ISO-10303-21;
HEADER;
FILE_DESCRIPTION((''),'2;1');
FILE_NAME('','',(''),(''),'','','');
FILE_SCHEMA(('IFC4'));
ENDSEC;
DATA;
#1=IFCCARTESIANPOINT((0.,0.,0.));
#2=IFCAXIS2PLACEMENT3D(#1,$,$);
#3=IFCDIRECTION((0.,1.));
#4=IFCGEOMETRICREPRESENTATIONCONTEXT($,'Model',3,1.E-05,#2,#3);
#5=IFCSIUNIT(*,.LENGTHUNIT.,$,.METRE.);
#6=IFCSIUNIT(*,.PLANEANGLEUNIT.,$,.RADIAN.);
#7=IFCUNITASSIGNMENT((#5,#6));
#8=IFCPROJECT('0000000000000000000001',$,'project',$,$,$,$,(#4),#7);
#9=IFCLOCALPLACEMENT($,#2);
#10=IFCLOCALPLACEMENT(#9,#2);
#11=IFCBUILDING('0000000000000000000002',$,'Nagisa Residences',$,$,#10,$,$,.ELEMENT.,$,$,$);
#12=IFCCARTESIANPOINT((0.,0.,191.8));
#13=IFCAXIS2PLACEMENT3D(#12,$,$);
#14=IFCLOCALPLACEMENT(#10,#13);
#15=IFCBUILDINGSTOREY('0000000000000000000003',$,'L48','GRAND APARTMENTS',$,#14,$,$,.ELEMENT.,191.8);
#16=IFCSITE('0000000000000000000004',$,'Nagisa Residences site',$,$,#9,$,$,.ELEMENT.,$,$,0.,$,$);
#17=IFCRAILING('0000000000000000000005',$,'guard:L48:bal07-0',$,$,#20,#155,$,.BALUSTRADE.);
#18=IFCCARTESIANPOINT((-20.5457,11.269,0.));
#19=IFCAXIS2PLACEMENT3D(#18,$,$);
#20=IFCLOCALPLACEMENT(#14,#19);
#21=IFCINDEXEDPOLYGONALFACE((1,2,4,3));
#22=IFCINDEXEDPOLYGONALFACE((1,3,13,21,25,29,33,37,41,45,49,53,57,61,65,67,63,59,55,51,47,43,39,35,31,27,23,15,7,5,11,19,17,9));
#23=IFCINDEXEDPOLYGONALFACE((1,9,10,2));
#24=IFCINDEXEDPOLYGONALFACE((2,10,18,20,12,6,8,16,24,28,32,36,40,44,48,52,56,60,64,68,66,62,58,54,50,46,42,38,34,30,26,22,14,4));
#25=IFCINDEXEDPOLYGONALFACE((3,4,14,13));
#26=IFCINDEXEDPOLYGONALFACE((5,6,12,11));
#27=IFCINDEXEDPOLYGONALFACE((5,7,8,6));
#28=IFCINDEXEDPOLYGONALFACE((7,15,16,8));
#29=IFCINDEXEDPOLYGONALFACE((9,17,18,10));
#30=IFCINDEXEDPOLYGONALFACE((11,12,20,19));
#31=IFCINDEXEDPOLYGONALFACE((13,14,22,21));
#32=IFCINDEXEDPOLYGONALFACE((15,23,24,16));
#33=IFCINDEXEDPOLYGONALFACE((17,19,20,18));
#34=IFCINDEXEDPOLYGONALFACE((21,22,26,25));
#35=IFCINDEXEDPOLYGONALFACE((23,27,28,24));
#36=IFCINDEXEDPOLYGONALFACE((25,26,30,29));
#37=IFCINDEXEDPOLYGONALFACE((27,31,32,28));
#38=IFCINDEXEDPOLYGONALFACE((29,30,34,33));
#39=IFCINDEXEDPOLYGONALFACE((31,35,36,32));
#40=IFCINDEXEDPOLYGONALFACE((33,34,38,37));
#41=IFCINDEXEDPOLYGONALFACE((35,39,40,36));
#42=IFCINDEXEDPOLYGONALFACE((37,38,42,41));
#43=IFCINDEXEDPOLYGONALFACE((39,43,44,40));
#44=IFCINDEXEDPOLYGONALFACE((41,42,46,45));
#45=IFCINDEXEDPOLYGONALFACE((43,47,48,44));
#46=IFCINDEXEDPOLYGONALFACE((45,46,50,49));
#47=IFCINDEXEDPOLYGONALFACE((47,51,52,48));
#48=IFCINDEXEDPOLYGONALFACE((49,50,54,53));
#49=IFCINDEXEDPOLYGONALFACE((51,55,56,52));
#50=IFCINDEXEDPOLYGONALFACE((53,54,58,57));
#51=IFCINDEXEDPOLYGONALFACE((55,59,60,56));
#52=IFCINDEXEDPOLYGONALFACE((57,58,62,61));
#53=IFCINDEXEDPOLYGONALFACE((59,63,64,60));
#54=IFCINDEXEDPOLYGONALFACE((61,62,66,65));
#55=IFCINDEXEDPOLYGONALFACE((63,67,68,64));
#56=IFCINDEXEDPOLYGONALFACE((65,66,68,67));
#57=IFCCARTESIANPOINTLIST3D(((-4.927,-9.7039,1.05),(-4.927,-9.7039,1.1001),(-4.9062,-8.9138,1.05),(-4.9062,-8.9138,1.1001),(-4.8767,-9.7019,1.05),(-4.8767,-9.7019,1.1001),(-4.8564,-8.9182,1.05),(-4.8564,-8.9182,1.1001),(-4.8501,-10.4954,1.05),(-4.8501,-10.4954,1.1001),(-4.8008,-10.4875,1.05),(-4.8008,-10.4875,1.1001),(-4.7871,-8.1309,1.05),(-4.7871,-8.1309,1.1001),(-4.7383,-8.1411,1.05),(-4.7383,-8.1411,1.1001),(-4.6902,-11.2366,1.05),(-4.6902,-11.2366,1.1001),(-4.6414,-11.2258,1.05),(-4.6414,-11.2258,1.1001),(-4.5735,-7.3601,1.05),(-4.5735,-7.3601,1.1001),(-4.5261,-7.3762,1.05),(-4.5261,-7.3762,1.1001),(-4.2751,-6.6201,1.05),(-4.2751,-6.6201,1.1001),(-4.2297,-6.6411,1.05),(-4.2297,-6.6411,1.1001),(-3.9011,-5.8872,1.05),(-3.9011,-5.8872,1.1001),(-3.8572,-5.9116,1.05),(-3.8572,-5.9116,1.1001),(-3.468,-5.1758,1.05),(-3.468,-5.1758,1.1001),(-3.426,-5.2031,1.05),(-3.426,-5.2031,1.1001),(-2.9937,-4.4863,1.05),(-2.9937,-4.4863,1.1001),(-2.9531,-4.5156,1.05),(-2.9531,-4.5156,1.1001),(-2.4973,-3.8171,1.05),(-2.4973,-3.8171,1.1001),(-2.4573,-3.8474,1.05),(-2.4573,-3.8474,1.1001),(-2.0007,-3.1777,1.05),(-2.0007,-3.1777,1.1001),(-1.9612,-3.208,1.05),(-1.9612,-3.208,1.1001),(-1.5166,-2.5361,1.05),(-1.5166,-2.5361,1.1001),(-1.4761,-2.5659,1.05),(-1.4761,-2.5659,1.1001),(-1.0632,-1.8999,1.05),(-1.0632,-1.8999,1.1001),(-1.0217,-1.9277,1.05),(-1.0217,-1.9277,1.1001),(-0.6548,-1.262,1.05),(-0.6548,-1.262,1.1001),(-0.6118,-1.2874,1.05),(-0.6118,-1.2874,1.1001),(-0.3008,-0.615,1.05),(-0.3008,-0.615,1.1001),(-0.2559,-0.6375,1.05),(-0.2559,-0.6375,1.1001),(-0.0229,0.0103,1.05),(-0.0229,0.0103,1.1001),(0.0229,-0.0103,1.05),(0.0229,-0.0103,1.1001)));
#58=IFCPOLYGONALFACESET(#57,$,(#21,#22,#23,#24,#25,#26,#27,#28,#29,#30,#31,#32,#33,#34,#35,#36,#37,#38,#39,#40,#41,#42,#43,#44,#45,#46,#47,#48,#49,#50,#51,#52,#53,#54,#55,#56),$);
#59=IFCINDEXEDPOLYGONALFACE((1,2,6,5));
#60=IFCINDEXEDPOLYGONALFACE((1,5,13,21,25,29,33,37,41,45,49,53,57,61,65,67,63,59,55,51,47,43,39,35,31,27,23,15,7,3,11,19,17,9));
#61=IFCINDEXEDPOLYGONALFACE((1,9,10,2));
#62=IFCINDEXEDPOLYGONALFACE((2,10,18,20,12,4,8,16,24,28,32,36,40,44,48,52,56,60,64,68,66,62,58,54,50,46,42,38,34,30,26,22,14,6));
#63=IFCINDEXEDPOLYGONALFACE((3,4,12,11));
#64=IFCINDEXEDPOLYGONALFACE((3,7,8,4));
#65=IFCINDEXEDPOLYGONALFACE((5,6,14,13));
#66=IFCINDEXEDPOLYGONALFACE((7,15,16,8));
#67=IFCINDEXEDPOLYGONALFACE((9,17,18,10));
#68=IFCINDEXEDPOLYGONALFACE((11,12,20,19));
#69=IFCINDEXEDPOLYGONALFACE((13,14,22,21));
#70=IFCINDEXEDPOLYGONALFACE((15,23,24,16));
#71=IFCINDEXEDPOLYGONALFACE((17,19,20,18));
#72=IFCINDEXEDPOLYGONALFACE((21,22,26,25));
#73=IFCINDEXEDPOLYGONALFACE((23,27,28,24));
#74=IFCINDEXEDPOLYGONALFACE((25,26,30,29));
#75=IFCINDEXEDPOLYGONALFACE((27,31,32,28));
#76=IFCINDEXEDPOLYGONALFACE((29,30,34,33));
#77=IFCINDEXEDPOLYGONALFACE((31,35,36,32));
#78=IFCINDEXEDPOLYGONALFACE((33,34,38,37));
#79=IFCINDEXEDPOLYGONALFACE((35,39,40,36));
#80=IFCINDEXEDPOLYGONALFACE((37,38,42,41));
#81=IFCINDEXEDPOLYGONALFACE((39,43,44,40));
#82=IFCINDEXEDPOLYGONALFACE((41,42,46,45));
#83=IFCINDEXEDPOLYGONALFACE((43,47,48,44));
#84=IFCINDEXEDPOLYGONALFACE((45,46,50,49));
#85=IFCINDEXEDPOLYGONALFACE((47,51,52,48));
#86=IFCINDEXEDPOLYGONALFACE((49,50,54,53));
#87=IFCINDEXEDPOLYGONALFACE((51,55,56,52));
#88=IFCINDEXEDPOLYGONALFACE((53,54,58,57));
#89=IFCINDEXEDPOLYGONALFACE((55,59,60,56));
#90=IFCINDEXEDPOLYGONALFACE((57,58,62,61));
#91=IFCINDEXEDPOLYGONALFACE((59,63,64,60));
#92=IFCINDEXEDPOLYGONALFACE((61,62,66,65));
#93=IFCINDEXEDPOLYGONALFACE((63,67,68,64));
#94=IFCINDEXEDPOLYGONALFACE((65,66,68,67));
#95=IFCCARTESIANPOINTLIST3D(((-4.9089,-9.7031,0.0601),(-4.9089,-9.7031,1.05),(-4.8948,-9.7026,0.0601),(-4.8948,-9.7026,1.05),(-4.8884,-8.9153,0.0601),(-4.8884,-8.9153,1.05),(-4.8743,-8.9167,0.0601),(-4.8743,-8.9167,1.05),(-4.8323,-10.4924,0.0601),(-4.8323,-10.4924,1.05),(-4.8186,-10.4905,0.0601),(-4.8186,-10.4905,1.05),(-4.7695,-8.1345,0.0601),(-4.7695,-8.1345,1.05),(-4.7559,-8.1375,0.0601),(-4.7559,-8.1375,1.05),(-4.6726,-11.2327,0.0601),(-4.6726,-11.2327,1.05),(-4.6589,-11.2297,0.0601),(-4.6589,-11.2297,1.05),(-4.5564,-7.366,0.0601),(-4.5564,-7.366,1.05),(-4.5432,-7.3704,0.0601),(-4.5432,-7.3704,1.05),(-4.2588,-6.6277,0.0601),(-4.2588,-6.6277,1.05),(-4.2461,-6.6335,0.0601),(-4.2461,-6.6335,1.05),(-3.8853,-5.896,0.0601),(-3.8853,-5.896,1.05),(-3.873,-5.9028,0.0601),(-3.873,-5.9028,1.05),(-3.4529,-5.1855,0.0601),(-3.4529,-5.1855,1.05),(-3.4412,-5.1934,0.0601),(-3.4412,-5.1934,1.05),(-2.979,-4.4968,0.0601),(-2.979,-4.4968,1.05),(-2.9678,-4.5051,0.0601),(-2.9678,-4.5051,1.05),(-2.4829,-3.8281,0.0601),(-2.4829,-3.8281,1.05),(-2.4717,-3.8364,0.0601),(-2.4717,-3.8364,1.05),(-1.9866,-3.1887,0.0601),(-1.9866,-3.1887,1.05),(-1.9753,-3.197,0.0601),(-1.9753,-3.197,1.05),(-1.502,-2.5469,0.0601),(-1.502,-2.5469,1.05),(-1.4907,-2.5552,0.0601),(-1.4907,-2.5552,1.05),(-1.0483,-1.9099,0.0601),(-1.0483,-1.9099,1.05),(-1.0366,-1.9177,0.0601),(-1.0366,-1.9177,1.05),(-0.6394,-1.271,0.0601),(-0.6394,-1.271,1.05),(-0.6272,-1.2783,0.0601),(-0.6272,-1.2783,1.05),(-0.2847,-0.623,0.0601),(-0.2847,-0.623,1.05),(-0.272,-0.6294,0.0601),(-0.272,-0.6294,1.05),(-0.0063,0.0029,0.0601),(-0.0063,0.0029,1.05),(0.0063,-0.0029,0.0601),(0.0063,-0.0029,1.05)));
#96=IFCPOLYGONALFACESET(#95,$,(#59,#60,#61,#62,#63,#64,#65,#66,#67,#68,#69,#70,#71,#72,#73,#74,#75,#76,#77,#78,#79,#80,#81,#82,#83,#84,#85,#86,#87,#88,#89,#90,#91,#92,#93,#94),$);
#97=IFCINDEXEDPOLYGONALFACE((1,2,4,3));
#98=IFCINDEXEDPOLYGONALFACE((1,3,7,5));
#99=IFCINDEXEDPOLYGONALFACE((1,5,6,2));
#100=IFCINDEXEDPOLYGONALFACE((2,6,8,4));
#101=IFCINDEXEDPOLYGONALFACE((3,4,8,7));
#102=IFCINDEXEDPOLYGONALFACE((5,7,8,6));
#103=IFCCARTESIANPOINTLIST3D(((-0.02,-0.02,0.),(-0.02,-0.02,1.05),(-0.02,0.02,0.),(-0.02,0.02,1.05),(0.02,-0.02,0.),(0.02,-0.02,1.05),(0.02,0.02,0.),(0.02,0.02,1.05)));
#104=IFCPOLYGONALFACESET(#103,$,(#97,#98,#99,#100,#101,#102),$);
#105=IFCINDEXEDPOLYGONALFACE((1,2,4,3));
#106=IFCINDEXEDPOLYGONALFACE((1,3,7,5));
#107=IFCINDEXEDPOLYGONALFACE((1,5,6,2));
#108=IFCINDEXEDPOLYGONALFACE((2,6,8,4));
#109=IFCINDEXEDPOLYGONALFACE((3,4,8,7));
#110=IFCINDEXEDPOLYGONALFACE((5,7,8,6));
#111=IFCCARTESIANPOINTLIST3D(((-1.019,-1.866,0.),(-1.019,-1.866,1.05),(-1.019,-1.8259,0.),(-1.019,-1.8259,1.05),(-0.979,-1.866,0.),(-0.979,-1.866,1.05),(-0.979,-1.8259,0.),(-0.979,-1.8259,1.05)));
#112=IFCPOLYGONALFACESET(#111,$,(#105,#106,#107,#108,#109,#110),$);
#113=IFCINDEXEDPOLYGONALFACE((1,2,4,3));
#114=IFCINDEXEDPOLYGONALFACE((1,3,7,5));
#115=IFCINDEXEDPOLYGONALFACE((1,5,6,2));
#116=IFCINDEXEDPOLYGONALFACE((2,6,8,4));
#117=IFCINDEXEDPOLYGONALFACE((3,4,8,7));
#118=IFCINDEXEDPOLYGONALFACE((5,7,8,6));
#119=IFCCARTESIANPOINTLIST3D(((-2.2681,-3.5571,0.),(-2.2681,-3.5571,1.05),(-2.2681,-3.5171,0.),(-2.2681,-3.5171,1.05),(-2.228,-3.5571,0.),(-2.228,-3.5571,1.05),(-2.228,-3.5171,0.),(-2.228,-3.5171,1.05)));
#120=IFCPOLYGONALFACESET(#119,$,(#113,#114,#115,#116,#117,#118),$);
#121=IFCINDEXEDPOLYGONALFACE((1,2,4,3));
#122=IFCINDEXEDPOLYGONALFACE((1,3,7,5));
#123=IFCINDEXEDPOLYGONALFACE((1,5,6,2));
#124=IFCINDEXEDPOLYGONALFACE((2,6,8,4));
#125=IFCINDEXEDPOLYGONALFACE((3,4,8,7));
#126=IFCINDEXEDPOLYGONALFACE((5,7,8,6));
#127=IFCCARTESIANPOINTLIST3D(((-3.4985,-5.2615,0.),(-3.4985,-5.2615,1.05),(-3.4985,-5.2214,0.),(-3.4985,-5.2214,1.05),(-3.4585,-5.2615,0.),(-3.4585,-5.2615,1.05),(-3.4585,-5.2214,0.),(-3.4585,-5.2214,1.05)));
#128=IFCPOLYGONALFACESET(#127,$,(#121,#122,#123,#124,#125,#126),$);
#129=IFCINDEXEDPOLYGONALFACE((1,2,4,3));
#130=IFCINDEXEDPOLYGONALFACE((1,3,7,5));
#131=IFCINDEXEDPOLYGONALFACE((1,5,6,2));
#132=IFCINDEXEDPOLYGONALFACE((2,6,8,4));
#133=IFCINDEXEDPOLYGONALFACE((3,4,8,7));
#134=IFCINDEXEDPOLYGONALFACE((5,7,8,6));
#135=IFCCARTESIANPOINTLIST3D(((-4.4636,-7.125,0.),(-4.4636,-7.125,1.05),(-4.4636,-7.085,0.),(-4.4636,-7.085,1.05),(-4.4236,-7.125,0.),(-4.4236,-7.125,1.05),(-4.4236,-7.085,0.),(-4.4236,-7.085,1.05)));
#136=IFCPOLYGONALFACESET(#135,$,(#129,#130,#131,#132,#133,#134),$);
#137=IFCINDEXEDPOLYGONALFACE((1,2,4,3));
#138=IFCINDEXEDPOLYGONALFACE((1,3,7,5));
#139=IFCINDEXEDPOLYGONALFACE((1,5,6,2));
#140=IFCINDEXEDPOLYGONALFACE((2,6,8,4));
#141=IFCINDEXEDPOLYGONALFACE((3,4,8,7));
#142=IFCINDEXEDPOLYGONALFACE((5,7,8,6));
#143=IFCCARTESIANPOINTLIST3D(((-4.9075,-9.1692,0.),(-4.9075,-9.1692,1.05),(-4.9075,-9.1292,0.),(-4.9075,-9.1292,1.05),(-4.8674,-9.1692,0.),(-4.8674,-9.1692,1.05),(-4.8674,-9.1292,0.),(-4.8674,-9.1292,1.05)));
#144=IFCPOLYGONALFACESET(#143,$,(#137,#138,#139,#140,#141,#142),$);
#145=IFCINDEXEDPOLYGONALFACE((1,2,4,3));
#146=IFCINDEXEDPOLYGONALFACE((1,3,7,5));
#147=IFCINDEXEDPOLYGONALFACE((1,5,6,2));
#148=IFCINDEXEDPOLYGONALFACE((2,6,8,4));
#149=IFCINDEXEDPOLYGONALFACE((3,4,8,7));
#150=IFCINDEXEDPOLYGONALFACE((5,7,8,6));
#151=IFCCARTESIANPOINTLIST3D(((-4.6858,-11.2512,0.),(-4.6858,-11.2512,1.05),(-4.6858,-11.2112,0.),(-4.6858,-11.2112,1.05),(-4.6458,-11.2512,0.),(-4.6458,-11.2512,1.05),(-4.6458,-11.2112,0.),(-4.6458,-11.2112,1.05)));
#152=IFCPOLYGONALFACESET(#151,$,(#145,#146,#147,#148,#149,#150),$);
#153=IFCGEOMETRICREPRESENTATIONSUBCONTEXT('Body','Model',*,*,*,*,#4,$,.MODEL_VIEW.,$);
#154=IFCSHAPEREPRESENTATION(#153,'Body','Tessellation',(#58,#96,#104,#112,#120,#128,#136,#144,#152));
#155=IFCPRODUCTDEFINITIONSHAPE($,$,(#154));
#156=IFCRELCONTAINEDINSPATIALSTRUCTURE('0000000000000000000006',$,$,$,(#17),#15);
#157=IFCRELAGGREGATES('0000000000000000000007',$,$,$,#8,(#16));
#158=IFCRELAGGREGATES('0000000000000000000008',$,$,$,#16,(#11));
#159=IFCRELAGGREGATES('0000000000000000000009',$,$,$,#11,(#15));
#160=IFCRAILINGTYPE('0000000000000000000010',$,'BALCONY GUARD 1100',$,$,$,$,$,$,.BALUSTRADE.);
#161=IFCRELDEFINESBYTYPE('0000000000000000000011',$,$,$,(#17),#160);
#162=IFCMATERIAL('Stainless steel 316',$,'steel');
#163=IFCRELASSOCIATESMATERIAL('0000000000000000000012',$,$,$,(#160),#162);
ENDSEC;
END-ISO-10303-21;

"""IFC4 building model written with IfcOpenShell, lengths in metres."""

from ifc_helpers import new_model, si_unit, direction, frame, origin, origin_2d, place, context, subcontext, project, spatial, polyline, rectangle, outline, extrude, material, type_object, element, save


model = new_model("IFC4")

# Units and contexts
model_context = context("Model", 3, precision=1e-05, world=origin(), true_north=direction((0.0, 1.0)))
body_context = subcontext(model_context, "Body", "Model", "MODEL_VIEW")
ifc_project = project(units=[si_unit("LENGTHUNIT", "METRE"), si_unit("PLANEANGLEUNIT", "RADIAN")], contexts=[model_context])

# Site, building, storey
site_placement = place(None, origin())
site = spatial("IfcSite", under=ifc_project, at=site_placement, Name="Nagisa Residences site", CompositionType="ELEMENT", RefElevation=0.0)
building_placement = place(site_placement, origin())
building = spatial("IfcBuilding", under=site, at=building_placement, Name="Nagisa Residences", CompositionType="ELEMENT")
storey_placement = place(building_placement, frame((0.0, 0.0, 191.8)))
storey = spatial("IfcBuildingStorey", under=building, at=storey_placement, Name="L48", Description="GRAND APARTMENTS", CompositionType="ELEMENT", Elevation=191.8)

# Railing
ifc_material_1 = material(Name="Stainless steel 316", Category="steel")
railing_type = type_object("IfcRailingType", Name="BALCONY GUARD 1100", PredefinedType="BALUSTRADE", material=ifc_material_1)
railing_placement = place(storey_placement, frame((-20.5457, 11.269, 0.0)))
element("IfcRailing", 1, at=railing_placement, inside=storey, type_object=railing_type, Name="guard:L48:bal07-0", PredefinedType="BALUSTRADE", context=body_context, shape_type="SweptSolid", body=[
    extrude(outline(polyline([(-0.2559, -0.6375), (0.0229, -0.0103), (-0.0229, 0.0103), (-0.3008, -0.615), (-0.6548, -1.262), (-1.0632, -1.8999), (-1.5166, -2.5361), (-2.0007, -3.1777), (-2.4973, -3.8171), (-2.9937, -4.4863), (-3.468, -5.1758), (-3.9011, -5.8872), (-4.2751, -6.6201), (-4.5735, -7.3601), (-4.7871, -8.1309), (-4.9062, -8.9138), (-4.927, -9.7039), (-4.8501, -10.4954), (-4.6902, -11.2366), (-4.6414, -11.2258), (-4.8008, -10.4875), (-4.8767, -9.7019), (-4.8564, -8.9182), (-4.7383, -8.1411), (-4.5261, -7.3762), (-4.2297, -6.6411), (-3.8572, -5.9116), (-3.426, -5.2031), (-2.9531, -4.5156), (-2.4573, -3.8474), (-1.9612, -3.208), (-1.4761, -2.5659), (-1.0217, -1.9277), (-0.6118, -1.2874), (-0.2559, -0.6375)])), frame((0.0, 0.0, 1.05)), (0.0, 0.0, 1.0), 0.05),
    extrude(outline(polyline([(-0.272, -0.6294), (0.0063, -0.0029), (-0.0063, 0.0029), (-0.2847, -0.623), (-0.6394, -1.271), (-1.0483, -1.9099), (-1.502, -2.5469), (-1.9866, -3.1887), (-2.4829, -3.8281), (-2.979, -4.4968), (-3.4529, -5.1855), (-3.8853, -5.896), (-4.2588, -6.6277), (-4.5564, -7.366), (-4.7695, -8.1345), (-4.8884, -8.9153), (-4.9089, -9.7031), (-4.8323, -10.4924), (-4.6726, -11.2327), (-4.6589, -11.2297), (-4.8186, -10.4905), (-4.8948, -9.7026), (-4.8743, -8.9167), (-4.7559, -8.1375), (-4.5432, -7.3704), (-4.2461, -6.6335), (-3.873, -5.9028), (-3.4412, -5.1934), (-2.9678, -4.5051), (-2.4717, -3.8364), (-1.9753, -3.197), (-1.4907, -2.5552), (-1.0366, -1.9177), (-0.6272, -1.2783), (-0.272, -0.6294)])), frame((0.0, 0.0, 0.0601)), (0.0, 0.0, 1.0), 0.99),
    extrude(rectangle(XDim=0.04, YDim=0.04, at=origin_2d()), origin(), (0.0, 0.0, 1.0), 1.05),
    extrude(rectangle(XDim=0.04, YDim=0.04, at=origin_2d()), frame((-0.999, -1.8459, 0.0)), (0.0, 0.0, 1.0), 1.05),
    extrude(rectangle(XDim=0.04, YDim=0.04, at=origin_2d()), frame((-2.248, -3.5371, 0.0)), (0.0, 0.0, 1.0), 1.05),
    extrude(rectangle(XDim=0.04, YDim=0.04, at=origin_2d()), frame((-3.4785, -5.2415, 0.0)), (0.0, 0.0, 1.0), 1.05),
    extrude(rectangle(XDim=0.04, YDim=0.04, at=origin_2d()), frame((-4.4436, -7.105, 0.0)), (0.0, 0.0, 1.0), 1.05),
    extrude(rectangle(XDim=0.04, YDim=0.04, at=origin_2d()), frame((-4.8875, -9.1492, 0.0)), (0.0, 0.0, 1.0), 1.05),
    extrude(rectangle(XDim=0.04, YDim=0.04, at=origin_2d()), frame((-4.6658, -11.2312, 0.0)), (0.0, 0.0, 1.0), 1.05),
])

save(model, "model.ifc")
